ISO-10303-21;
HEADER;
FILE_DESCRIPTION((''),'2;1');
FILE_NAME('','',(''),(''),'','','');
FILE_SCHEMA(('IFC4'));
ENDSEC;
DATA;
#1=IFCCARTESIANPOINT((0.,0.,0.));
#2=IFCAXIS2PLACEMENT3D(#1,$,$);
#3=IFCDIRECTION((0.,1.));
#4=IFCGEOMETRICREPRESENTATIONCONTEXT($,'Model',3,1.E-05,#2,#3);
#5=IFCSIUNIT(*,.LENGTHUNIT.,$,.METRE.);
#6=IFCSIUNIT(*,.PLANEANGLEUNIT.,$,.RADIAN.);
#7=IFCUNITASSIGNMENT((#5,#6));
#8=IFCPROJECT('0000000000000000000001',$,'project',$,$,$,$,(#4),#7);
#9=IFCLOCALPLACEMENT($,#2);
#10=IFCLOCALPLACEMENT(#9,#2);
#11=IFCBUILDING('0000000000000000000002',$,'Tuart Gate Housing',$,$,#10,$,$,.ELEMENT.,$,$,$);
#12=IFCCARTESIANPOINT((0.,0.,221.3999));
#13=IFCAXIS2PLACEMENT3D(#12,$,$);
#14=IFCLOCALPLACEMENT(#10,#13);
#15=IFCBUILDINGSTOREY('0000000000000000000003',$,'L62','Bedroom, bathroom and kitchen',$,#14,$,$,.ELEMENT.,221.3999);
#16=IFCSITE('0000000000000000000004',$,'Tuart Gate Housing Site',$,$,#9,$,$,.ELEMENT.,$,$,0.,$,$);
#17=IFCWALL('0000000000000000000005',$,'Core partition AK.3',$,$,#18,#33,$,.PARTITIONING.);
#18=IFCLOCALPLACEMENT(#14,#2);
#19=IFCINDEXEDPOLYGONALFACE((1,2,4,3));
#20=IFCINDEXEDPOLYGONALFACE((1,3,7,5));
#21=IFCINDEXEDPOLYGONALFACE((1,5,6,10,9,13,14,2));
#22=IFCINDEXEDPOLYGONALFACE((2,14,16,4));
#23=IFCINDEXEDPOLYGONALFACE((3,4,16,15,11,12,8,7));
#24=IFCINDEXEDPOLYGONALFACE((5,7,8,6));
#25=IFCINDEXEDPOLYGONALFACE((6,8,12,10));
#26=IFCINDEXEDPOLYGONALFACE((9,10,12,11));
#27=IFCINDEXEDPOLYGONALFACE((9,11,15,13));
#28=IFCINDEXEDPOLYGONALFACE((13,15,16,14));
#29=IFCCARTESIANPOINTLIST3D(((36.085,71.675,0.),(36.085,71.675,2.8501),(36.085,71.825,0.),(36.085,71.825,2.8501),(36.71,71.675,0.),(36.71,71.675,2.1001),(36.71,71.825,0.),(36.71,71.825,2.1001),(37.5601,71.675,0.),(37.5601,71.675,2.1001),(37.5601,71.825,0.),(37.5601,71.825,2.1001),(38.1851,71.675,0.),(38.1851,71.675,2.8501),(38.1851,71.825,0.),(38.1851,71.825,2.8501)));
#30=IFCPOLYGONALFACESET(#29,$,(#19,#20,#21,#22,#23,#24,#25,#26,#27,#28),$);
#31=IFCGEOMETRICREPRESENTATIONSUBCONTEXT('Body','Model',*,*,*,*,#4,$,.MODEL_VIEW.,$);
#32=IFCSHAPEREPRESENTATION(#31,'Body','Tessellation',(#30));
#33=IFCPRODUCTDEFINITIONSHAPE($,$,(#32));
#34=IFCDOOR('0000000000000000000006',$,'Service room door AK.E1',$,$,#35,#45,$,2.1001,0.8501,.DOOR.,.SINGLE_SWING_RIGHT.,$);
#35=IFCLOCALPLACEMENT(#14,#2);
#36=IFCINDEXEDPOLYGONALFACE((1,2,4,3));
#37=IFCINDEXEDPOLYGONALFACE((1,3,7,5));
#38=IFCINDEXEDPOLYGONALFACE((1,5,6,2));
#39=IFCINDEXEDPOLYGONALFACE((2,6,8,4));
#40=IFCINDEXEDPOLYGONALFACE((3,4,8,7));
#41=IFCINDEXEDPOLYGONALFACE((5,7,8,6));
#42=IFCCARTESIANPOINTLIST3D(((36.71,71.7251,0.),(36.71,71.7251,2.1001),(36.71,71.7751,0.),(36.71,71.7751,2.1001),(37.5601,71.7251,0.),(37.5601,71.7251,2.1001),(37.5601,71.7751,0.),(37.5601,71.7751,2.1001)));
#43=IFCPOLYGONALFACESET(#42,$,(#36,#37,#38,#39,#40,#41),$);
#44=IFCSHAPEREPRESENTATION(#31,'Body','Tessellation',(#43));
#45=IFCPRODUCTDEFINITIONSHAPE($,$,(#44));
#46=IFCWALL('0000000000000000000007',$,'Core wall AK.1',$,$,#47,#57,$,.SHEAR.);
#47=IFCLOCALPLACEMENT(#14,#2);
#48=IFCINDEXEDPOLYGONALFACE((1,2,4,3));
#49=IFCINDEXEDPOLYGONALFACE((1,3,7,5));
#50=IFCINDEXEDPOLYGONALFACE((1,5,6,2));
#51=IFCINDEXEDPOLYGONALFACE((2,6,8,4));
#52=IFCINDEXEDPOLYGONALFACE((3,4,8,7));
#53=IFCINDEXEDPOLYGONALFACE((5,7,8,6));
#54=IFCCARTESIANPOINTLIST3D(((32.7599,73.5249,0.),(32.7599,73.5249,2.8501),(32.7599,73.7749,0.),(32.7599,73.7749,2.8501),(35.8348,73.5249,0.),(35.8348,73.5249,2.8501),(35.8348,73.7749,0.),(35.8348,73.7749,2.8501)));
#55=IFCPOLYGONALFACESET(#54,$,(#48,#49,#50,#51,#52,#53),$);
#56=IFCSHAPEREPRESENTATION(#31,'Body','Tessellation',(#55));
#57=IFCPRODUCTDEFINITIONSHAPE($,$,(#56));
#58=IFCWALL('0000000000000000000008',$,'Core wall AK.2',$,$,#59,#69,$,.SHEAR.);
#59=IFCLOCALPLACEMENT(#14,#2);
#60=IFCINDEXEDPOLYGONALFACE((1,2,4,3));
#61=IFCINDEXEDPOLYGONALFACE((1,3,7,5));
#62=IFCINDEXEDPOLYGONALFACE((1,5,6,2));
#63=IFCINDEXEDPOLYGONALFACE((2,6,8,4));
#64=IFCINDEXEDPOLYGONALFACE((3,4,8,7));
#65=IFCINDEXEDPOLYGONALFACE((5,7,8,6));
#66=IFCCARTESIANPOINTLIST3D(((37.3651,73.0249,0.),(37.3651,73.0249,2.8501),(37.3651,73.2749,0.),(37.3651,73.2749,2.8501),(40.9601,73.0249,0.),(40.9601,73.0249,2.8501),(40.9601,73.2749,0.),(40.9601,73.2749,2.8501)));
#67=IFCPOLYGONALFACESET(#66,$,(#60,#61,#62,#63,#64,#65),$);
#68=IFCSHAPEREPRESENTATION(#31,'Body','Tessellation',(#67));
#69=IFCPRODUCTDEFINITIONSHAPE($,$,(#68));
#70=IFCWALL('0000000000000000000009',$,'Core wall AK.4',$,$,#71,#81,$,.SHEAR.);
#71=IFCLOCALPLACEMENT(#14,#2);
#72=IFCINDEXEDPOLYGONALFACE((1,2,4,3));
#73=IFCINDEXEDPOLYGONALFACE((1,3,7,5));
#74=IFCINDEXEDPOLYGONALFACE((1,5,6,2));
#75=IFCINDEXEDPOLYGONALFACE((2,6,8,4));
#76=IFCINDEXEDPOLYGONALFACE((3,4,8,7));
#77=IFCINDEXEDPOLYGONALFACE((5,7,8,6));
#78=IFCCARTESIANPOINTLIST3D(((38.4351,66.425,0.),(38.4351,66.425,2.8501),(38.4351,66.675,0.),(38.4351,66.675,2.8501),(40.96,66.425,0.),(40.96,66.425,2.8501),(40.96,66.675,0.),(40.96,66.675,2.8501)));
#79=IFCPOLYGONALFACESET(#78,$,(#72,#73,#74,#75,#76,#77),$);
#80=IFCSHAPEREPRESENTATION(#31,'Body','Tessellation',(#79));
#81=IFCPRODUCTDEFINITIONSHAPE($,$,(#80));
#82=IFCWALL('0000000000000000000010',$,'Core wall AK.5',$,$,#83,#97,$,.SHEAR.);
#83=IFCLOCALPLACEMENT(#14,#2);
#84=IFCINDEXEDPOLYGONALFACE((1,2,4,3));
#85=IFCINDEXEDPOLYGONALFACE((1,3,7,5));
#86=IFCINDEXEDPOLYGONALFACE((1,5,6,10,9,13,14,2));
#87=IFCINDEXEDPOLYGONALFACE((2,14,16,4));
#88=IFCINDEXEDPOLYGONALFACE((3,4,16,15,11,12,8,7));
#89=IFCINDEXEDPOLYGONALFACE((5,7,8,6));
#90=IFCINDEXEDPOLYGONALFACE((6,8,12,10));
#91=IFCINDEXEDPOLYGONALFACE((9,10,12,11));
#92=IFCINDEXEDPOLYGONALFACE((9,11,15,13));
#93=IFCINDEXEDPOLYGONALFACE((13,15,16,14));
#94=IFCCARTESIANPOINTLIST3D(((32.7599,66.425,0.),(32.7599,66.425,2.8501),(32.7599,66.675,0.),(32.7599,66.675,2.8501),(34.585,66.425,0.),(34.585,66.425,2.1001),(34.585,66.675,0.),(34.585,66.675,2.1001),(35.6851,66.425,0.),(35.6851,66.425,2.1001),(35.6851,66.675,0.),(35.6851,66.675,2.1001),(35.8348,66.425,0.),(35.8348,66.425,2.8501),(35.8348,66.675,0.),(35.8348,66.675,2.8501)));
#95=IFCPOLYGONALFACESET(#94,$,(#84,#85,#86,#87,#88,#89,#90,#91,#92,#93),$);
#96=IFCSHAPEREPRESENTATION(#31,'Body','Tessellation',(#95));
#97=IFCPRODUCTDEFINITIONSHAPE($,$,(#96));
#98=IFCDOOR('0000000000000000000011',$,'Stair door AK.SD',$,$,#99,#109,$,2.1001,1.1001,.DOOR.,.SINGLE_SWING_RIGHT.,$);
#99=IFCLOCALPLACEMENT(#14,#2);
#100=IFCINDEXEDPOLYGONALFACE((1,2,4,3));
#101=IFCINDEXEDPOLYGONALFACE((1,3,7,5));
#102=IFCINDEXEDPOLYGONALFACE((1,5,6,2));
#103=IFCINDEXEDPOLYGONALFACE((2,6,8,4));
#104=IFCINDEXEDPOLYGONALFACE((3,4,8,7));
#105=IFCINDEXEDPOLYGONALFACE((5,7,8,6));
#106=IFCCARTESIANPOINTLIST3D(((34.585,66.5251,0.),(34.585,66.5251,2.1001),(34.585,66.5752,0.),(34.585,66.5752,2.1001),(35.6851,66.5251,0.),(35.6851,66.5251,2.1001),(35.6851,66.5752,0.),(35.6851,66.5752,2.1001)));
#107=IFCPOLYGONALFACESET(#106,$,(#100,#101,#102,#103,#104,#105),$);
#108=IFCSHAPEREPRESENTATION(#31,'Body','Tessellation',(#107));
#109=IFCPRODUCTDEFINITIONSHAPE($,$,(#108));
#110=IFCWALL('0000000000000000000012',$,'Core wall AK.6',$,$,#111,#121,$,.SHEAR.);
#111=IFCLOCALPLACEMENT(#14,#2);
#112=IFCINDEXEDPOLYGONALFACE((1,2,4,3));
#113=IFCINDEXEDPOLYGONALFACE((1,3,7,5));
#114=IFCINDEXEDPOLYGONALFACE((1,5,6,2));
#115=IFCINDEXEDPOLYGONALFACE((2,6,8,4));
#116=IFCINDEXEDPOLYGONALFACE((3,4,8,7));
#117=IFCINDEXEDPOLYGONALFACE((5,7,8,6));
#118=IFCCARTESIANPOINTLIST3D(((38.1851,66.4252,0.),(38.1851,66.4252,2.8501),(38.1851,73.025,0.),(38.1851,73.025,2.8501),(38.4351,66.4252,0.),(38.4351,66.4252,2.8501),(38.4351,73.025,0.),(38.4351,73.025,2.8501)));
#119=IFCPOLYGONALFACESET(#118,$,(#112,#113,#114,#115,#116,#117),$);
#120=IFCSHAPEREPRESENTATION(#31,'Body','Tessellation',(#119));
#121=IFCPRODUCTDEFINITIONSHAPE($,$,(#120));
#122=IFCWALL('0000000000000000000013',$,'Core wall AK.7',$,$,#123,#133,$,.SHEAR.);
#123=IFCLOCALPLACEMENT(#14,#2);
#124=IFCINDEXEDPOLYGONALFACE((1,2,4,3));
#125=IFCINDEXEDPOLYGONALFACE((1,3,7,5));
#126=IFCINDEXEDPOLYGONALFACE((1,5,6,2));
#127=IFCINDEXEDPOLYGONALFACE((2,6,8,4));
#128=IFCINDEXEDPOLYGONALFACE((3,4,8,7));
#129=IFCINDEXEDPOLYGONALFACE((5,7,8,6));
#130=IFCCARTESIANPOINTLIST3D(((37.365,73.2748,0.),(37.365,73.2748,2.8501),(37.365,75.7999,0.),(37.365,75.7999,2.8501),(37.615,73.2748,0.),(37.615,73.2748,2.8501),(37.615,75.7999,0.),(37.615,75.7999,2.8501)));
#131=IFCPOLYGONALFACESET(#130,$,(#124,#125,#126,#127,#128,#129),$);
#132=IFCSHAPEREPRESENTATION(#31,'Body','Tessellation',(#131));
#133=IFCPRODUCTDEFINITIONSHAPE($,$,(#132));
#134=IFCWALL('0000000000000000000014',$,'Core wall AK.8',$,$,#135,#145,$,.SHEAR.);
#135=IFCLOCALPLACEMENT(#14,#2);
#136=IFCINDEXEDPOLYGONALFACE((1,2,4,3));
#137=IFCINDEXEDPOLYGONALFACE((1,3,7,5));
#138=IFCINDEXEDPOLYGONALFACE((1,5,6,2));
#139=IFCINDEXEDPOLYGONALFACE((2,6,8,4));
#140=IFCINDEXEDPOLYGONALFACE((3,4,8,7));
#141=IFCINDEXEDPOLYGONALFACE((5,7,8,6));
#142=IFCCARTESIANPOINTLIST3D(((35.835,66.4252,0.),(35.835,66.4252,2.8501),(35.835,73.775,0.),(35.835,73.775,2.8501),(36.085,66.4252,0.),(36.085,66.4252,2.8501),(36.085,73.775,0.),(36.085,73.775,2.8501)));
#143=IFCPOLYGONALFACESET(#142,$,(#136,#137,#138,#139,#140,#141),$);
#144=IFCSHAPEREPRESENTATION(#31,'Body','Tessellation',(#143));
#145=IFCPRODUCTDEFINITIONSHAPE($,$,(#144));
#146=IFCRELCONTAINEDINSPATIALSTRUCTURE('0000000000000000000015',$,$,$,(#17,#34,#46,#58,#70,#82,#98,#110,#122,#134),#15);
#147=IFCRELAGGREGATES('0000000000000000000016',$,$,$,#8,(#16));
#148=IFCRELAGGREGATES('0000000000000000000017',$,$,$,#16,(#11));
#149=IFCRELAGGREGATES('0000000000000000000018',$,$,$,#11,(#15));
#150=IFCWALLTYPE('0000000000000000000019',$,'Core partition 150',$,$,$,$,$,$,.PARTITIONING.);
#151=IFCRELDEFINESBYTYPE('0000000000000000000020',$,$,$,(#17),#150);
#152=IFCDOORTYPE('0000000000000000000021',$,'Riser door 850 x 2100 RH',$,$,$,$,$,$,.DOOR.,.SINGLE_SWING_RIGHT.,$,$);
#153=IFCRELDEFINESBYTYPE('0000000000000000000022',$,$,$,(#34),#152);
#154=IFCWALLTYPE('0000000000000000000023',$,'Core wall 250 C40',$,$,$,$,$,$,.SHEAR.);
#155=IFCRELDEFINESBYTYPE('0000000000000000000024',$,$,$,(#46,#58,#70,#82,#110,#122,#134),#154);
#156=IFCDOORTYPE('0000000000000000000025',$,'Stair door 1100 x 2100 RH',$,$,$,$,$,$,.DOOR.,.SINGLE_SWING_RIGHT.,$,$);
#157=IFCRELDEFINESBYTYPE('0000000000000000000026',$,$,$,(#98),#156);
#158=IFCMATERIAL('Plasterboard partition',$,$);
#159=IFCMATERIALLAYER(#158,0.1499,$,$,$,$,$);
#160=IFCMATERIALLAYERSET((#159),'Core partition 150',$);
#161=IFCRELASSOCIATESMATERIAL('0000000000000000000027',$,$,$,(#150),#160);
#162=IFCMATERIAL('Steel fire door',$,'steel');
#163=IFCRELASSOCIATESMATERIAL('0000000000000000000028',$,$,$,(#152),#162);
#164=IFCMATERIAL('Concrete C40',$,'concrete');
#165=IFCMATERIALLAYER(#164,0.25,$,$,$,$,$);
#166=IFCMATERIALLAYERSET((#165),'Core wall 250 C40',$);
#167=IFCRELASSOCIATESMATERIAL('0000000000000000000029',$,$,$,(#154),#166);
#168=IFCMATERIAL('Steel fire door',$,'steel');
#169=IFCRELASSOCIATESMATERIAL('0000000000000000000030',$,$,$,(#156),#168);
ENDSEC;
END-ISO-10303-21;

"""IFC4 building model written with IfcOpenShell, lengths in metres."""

from ifc_helpers import new_model, si_unit, direction, frame, frame_2d, origin, place, context, subcontext, project, spatial, rectangle, extrude, material, layer, layer_set, type_object, element, fill, save


model = new_model("IFC4")

# Units and contexts
model_context = context("Model", 3, precision=1e-05, world=origin(), true_north=direction((0.0, 1.0)))
body_context = subcontext(model_context, "Body", "Model", "MODEL_VIEW")
ifc_project = project(units=[si_unit("LENGTHUNIT", "METRE"), si_unit("PLANEANGLEUNIT", "RADIAN")], contexts=[model_context])

# Site, building, storey
site_placement = place(None, origin())
site = spatial("IfcSite", under=ifc_project, at=site_placement, Name="Tuart Gate Housing Site", CompositionType="ELEMENT", RefElevation=0.0)
building_placement = place(site_placement, origin())
building = spatial("IfcBuilding", under=site, at=building_placement, Name="Tuart Gate Housing", CompositionType="ELEMENT")
storey_placement = place(building_placement, frame((0.0, 0.0, 221.3999)))
storey = spatial("IfcBuildingStorey", under=building, at=storey_placement, Name="L62", Description="Bedroom, bathroom and kitchen", CompositionType="ELEMENT", Elevation=221.3999)

# Wall, opening, door
ifc_material_1 = material(Name="Plasterboard partition")
ifc_layer_1 = layer(ifc_material_1, 0.1499)
ifc_layer_set_1 = layer_set([ifc_layer_1], Name="Core partition 150")
wall_type_1 = type_object("IfcWallType", Name="Core partition 150", PredefinedType="PARTITIONING", material=ifc_layer_set_1)
wall_1_placement = place(storey_placement, frame((38.1851, 71.75, 0.0), z_axis=(0.0, 0.0, 1.0), x_axis=(-1.0, 0.0, 0.0)))
wall_1 = element("IfcWall", 1, at=wall_1_placement, inside=storey, type_object=wall_type_1, Name="Core partition AK.3", PredefinedType="PARTITIONING", context=body_context, shape_type="SweptSolid", body=[
    extrude(rectangle(XDim=2.1001, YDim=0.1499, at=frame_2d((1.05, 0.0))), origin(), (0.0, 0.0, 1.0), 2.8501),
])
opening_1_placement = place(wall_1_placement, frame((0.625, 0.0, 0.0)))
opening_1 = element("IfcOpeningElement", 2, at=opening_1_placement, cuts=wall_1, PredefinedType="OPENING", context=body_context, shape_type="SweptSolid", body=[
    extrude(rectangle(XDim=0.8501, YDim=2.1001, at=frame_2d((0.425, 1.05))), frame((0.0, 0.085, 0.0), z_axis=(0.0, -1.0, 0.0), x_axis=(1.0, 0.0, 0.0)), (0.0, 0.0, 1.0), 0.1699),
])
ifc_material_2 = material(Name="Steel fire door", Category="steel")
door_type_1 = type_object("IfcDoorType", Name="Riser door 850 x 2100 RH", OperationType="SINGLE_SWING_RIGHT", PredefinedType="DOOR", material=ifc_material_2)
door_1_placement = place(opening_1_placement, frame((0.8501, 0.0, 0.0), z_axis=(0.0, 0.0, 1.0), x_axis=(-1.0, 0.0, 0.0)))
door_1 = element("IfcDoor", 3, at=door_1_placement, inside=storey, type_object=door_type_1, Name="Service room door AK.E1", OperationType="SINGLE_SWING_RIGHT", OverallHeight=2.1001, OverallWidth=0.8501, PredefinedType="DOOR", context=body_context, shape_type="SweptSolid", body=[
    extrude(rectangle(XDim=0.8501, YDim=2.1001, at=frame_2d((0.425, 1.05))), frame((0.0, 0.0251, 0.0), z_axis=(0.0, -1.0, 0.0), x_axis=(1.0, 0.0, 0.0)), (0.0, 0.0, 1.0), 0.05),
])
fill(opening_1, door_1)

# Walls
ifc_material_3 = material(Name="Concrete C40", Category="concrete")
ifc_layer_2 = layer(ifc_material_3, 0.25)
ifc_layer_set_2 = layer_set([ifc_layer_2], Name="Core wall 250 C40")
wall_type_2 = type_object("IfcWallType", Name="Core wall 250 C40", PredefinedType="SHEAR", material=ifc_layer_set_2)
wall_2_placement = place(storey_placement, frame((35.835, 73.6499, 0.0), z_axis=(0.0, 0.0, 1.0), x_axis=(-1.0, 0.0, 0.0)))
element("IfcWall", 4, at=wall_2_placement, inside=storey, type_object=wall_type_2, Name="Core wall AK.1", PredefinedType="SHEAR", context=body_context, shape_type="SweptSolid", body=[
    extrude(rectangle(XDim=3.075, YDim=0.25, at=frame_2d((1.5376, 0.0))), origin(), (0.0, 0.0, 1.0), 2.8501),
])
wall_3_placement = place(storey_placement, frame((40.96, 73.1499, 0.0), z_axis=(0.0, 0.0, 1.0), x_axis=(-1.0, 0.0, 0.0)))
element("IfcWall", 5, at=wall_3_placement, inside=storey, type_object=wall_type_2, Name="Core wall AK.2", PredefinedType="SHEAR", context=body_context, shape_type="SweptSolid", body=[
    extrude(rectangle(XDim=3.595, YDim=0.25, at=frame_2d((1.7974, 0.0))), origin(), (0.0, 0.0, 1.0), 2.8501),
])
wall_4_placement = place(storey_placement, frame((40.96, 66.55, 0.0), z_axis=(0.0, 0.0, 1.0), x_axis=(-1.0, 0.0, 0.0)))
element("IfcWall", 6, at=wall_4_placement, inside=storey, type_object=wall_type_2, Name="Core wall AK.4", PredefinedType="SHEAR", context=body_context, shape_type="SweptSolid", body=[
    extrude(rectangle(XDim=2.5249, YDim=0.25, at=frame_2d((1.2625, 0.0))), origin(), (0.0, 0.0, 1.0), 2.8501),
])

# Wall, opening, door
wall_5_placement = place(storey_placement, frame((35.835, 66.55, 0.0), z_axis=(0.0, 0.0, 1.0), x_axis=(-1.0, 0.0, 0.0)))
wall_5 = element("IfcWall", 7, at=wall_5_placement, inside=storey, type_object=wall_type_2, Name="Core wall AK.5", PredefinedType="SHEAR", context=body_context, shape_type="SweptSolid", body=[
    extrude(rectangle(XDim=3.075, YDim=0.25, at=frame_2d((1.5376, 0.0))), origin(), (0.0, 0.0, 1.0), 2.8501),
])
opening_2_placement = place(wall_5_placement, frame((0.1499, 0.0, 0.0)))
opening_2 = element("IfcOpeningElement", 8, at=opening_2_placement, cuts=wall_5, PredefinedType="OPENING", context=body_context, shape_type="SweptSolid", body=[
    extrude(rectangle(XDim=1.1001, YDim=2.1001, at=frame_2d((0.55, 1.05))), frame((0.0, 0.135, 0.0), z_axis=(0.0, -1.0, 0.0), x_axis=(1.0, 0.0, 0.0)), (0.0, 0.0, 1.0), 0.27),
])
ifc_material_4 = material(Name="Steel fire door", Category="steel")
door_type_2 = type_object("IfcDoorType", Name="Stair door 1100 x 2100 RH", OperationType="SINGLE_SWING_RIGHT", PredefinedType="DOOR", material=ifc_material_4)
door_2_placement = place(opening_2_placement, frame((1.1001, 0.0, 0.0), z_axis=(0.0, 0.0, 1.0), x_axis=(-1.0, 0.0, 0.0)))
door_2 = element("IfcDoor", 9, at=door_2_placement, inside=storey, type_object=door_type_2, Name="Stair door AK.SD", OperationType="SINGLE_SWING_RIGHT", OverallHeight=2.1001, OverallWidth=1.1001, PredefinedType="DOOR", context=body_context, shape_type="SweptSolid", body=[
    extrude(rectangle(XDim=1.1001, YDim=2.1001, at=frame_2d((0.55, 1.05))), frame((0.0, 0.0251, 0.0), z_axis=(0.0, -1.0, 0.0), x_axis=(1.0, 0.0, 0.0)), (0.0, 0.0, 1.0), 0.05),
])
fill(opening_2, door_2)

# Walls
wall_6_placement = place(storey_placement, frame((38.3101, 73.0249, 0.0), z_axis=(0.0, 0.0, 1.0), x_axis=(0.0, -1.0, 0.0)))
element("IfcWall", 10, at=wall_6_placement, inside=storey, type_object=wall_type_2, Name="Core wall AK.6", PredefinedType="SHEAR", context=body_context, shape_type="SweptSolid", body=[
    extrude(rectangle(XDim=6.5999, YDim=0.25, at=frame_2d((3.2998, 0.0))), origin(), (0.0, 0.0, 1.0), 2.8501),
])
wall_7_placement = place(storey_placement, frame((37.49, 75.8, 0.0), z_axis=(0.0, 0.0, 1.0), x_axis=(0.0, -1.0, 0.0)))
element("IfcWall", 11, at=wall_7_placement, inside=storey, type_object=wall_type_2, Name="Core wall AK.7", PredefinedType="SHEAR", context=body_context, shape_type="SweptSolid", body=[
    extrude(rectangle(XDim=2.5251, YDim=0.25, at=frame_2d((1.2627, 0.0))), origin(), (0.0, 0.0, 1.0), 2.8501),
])
wall_8_placement = place(storey_placement, frame((35.96, 73.7749, 0.0), z_axis=(0.0, 0.0, 1.0), x_axis=(0.0, -1.0, 0.0)))
element("IfcWall", 12, at=wall_8_placement, inside=storey, type_object=wall_type_2, Name="Core wall AK.8", PredefinedType="SHEAR", context=body_context, shape_type="SweptSolid", body=[
    extrude(rectangle(XDim=7.3499, YDim=0.25, at=frame_2d((3.6748, 0.0))), origin(), (0.0, 0.0, 1.0), 2.8501),
])

save(model, "model.ifc")
